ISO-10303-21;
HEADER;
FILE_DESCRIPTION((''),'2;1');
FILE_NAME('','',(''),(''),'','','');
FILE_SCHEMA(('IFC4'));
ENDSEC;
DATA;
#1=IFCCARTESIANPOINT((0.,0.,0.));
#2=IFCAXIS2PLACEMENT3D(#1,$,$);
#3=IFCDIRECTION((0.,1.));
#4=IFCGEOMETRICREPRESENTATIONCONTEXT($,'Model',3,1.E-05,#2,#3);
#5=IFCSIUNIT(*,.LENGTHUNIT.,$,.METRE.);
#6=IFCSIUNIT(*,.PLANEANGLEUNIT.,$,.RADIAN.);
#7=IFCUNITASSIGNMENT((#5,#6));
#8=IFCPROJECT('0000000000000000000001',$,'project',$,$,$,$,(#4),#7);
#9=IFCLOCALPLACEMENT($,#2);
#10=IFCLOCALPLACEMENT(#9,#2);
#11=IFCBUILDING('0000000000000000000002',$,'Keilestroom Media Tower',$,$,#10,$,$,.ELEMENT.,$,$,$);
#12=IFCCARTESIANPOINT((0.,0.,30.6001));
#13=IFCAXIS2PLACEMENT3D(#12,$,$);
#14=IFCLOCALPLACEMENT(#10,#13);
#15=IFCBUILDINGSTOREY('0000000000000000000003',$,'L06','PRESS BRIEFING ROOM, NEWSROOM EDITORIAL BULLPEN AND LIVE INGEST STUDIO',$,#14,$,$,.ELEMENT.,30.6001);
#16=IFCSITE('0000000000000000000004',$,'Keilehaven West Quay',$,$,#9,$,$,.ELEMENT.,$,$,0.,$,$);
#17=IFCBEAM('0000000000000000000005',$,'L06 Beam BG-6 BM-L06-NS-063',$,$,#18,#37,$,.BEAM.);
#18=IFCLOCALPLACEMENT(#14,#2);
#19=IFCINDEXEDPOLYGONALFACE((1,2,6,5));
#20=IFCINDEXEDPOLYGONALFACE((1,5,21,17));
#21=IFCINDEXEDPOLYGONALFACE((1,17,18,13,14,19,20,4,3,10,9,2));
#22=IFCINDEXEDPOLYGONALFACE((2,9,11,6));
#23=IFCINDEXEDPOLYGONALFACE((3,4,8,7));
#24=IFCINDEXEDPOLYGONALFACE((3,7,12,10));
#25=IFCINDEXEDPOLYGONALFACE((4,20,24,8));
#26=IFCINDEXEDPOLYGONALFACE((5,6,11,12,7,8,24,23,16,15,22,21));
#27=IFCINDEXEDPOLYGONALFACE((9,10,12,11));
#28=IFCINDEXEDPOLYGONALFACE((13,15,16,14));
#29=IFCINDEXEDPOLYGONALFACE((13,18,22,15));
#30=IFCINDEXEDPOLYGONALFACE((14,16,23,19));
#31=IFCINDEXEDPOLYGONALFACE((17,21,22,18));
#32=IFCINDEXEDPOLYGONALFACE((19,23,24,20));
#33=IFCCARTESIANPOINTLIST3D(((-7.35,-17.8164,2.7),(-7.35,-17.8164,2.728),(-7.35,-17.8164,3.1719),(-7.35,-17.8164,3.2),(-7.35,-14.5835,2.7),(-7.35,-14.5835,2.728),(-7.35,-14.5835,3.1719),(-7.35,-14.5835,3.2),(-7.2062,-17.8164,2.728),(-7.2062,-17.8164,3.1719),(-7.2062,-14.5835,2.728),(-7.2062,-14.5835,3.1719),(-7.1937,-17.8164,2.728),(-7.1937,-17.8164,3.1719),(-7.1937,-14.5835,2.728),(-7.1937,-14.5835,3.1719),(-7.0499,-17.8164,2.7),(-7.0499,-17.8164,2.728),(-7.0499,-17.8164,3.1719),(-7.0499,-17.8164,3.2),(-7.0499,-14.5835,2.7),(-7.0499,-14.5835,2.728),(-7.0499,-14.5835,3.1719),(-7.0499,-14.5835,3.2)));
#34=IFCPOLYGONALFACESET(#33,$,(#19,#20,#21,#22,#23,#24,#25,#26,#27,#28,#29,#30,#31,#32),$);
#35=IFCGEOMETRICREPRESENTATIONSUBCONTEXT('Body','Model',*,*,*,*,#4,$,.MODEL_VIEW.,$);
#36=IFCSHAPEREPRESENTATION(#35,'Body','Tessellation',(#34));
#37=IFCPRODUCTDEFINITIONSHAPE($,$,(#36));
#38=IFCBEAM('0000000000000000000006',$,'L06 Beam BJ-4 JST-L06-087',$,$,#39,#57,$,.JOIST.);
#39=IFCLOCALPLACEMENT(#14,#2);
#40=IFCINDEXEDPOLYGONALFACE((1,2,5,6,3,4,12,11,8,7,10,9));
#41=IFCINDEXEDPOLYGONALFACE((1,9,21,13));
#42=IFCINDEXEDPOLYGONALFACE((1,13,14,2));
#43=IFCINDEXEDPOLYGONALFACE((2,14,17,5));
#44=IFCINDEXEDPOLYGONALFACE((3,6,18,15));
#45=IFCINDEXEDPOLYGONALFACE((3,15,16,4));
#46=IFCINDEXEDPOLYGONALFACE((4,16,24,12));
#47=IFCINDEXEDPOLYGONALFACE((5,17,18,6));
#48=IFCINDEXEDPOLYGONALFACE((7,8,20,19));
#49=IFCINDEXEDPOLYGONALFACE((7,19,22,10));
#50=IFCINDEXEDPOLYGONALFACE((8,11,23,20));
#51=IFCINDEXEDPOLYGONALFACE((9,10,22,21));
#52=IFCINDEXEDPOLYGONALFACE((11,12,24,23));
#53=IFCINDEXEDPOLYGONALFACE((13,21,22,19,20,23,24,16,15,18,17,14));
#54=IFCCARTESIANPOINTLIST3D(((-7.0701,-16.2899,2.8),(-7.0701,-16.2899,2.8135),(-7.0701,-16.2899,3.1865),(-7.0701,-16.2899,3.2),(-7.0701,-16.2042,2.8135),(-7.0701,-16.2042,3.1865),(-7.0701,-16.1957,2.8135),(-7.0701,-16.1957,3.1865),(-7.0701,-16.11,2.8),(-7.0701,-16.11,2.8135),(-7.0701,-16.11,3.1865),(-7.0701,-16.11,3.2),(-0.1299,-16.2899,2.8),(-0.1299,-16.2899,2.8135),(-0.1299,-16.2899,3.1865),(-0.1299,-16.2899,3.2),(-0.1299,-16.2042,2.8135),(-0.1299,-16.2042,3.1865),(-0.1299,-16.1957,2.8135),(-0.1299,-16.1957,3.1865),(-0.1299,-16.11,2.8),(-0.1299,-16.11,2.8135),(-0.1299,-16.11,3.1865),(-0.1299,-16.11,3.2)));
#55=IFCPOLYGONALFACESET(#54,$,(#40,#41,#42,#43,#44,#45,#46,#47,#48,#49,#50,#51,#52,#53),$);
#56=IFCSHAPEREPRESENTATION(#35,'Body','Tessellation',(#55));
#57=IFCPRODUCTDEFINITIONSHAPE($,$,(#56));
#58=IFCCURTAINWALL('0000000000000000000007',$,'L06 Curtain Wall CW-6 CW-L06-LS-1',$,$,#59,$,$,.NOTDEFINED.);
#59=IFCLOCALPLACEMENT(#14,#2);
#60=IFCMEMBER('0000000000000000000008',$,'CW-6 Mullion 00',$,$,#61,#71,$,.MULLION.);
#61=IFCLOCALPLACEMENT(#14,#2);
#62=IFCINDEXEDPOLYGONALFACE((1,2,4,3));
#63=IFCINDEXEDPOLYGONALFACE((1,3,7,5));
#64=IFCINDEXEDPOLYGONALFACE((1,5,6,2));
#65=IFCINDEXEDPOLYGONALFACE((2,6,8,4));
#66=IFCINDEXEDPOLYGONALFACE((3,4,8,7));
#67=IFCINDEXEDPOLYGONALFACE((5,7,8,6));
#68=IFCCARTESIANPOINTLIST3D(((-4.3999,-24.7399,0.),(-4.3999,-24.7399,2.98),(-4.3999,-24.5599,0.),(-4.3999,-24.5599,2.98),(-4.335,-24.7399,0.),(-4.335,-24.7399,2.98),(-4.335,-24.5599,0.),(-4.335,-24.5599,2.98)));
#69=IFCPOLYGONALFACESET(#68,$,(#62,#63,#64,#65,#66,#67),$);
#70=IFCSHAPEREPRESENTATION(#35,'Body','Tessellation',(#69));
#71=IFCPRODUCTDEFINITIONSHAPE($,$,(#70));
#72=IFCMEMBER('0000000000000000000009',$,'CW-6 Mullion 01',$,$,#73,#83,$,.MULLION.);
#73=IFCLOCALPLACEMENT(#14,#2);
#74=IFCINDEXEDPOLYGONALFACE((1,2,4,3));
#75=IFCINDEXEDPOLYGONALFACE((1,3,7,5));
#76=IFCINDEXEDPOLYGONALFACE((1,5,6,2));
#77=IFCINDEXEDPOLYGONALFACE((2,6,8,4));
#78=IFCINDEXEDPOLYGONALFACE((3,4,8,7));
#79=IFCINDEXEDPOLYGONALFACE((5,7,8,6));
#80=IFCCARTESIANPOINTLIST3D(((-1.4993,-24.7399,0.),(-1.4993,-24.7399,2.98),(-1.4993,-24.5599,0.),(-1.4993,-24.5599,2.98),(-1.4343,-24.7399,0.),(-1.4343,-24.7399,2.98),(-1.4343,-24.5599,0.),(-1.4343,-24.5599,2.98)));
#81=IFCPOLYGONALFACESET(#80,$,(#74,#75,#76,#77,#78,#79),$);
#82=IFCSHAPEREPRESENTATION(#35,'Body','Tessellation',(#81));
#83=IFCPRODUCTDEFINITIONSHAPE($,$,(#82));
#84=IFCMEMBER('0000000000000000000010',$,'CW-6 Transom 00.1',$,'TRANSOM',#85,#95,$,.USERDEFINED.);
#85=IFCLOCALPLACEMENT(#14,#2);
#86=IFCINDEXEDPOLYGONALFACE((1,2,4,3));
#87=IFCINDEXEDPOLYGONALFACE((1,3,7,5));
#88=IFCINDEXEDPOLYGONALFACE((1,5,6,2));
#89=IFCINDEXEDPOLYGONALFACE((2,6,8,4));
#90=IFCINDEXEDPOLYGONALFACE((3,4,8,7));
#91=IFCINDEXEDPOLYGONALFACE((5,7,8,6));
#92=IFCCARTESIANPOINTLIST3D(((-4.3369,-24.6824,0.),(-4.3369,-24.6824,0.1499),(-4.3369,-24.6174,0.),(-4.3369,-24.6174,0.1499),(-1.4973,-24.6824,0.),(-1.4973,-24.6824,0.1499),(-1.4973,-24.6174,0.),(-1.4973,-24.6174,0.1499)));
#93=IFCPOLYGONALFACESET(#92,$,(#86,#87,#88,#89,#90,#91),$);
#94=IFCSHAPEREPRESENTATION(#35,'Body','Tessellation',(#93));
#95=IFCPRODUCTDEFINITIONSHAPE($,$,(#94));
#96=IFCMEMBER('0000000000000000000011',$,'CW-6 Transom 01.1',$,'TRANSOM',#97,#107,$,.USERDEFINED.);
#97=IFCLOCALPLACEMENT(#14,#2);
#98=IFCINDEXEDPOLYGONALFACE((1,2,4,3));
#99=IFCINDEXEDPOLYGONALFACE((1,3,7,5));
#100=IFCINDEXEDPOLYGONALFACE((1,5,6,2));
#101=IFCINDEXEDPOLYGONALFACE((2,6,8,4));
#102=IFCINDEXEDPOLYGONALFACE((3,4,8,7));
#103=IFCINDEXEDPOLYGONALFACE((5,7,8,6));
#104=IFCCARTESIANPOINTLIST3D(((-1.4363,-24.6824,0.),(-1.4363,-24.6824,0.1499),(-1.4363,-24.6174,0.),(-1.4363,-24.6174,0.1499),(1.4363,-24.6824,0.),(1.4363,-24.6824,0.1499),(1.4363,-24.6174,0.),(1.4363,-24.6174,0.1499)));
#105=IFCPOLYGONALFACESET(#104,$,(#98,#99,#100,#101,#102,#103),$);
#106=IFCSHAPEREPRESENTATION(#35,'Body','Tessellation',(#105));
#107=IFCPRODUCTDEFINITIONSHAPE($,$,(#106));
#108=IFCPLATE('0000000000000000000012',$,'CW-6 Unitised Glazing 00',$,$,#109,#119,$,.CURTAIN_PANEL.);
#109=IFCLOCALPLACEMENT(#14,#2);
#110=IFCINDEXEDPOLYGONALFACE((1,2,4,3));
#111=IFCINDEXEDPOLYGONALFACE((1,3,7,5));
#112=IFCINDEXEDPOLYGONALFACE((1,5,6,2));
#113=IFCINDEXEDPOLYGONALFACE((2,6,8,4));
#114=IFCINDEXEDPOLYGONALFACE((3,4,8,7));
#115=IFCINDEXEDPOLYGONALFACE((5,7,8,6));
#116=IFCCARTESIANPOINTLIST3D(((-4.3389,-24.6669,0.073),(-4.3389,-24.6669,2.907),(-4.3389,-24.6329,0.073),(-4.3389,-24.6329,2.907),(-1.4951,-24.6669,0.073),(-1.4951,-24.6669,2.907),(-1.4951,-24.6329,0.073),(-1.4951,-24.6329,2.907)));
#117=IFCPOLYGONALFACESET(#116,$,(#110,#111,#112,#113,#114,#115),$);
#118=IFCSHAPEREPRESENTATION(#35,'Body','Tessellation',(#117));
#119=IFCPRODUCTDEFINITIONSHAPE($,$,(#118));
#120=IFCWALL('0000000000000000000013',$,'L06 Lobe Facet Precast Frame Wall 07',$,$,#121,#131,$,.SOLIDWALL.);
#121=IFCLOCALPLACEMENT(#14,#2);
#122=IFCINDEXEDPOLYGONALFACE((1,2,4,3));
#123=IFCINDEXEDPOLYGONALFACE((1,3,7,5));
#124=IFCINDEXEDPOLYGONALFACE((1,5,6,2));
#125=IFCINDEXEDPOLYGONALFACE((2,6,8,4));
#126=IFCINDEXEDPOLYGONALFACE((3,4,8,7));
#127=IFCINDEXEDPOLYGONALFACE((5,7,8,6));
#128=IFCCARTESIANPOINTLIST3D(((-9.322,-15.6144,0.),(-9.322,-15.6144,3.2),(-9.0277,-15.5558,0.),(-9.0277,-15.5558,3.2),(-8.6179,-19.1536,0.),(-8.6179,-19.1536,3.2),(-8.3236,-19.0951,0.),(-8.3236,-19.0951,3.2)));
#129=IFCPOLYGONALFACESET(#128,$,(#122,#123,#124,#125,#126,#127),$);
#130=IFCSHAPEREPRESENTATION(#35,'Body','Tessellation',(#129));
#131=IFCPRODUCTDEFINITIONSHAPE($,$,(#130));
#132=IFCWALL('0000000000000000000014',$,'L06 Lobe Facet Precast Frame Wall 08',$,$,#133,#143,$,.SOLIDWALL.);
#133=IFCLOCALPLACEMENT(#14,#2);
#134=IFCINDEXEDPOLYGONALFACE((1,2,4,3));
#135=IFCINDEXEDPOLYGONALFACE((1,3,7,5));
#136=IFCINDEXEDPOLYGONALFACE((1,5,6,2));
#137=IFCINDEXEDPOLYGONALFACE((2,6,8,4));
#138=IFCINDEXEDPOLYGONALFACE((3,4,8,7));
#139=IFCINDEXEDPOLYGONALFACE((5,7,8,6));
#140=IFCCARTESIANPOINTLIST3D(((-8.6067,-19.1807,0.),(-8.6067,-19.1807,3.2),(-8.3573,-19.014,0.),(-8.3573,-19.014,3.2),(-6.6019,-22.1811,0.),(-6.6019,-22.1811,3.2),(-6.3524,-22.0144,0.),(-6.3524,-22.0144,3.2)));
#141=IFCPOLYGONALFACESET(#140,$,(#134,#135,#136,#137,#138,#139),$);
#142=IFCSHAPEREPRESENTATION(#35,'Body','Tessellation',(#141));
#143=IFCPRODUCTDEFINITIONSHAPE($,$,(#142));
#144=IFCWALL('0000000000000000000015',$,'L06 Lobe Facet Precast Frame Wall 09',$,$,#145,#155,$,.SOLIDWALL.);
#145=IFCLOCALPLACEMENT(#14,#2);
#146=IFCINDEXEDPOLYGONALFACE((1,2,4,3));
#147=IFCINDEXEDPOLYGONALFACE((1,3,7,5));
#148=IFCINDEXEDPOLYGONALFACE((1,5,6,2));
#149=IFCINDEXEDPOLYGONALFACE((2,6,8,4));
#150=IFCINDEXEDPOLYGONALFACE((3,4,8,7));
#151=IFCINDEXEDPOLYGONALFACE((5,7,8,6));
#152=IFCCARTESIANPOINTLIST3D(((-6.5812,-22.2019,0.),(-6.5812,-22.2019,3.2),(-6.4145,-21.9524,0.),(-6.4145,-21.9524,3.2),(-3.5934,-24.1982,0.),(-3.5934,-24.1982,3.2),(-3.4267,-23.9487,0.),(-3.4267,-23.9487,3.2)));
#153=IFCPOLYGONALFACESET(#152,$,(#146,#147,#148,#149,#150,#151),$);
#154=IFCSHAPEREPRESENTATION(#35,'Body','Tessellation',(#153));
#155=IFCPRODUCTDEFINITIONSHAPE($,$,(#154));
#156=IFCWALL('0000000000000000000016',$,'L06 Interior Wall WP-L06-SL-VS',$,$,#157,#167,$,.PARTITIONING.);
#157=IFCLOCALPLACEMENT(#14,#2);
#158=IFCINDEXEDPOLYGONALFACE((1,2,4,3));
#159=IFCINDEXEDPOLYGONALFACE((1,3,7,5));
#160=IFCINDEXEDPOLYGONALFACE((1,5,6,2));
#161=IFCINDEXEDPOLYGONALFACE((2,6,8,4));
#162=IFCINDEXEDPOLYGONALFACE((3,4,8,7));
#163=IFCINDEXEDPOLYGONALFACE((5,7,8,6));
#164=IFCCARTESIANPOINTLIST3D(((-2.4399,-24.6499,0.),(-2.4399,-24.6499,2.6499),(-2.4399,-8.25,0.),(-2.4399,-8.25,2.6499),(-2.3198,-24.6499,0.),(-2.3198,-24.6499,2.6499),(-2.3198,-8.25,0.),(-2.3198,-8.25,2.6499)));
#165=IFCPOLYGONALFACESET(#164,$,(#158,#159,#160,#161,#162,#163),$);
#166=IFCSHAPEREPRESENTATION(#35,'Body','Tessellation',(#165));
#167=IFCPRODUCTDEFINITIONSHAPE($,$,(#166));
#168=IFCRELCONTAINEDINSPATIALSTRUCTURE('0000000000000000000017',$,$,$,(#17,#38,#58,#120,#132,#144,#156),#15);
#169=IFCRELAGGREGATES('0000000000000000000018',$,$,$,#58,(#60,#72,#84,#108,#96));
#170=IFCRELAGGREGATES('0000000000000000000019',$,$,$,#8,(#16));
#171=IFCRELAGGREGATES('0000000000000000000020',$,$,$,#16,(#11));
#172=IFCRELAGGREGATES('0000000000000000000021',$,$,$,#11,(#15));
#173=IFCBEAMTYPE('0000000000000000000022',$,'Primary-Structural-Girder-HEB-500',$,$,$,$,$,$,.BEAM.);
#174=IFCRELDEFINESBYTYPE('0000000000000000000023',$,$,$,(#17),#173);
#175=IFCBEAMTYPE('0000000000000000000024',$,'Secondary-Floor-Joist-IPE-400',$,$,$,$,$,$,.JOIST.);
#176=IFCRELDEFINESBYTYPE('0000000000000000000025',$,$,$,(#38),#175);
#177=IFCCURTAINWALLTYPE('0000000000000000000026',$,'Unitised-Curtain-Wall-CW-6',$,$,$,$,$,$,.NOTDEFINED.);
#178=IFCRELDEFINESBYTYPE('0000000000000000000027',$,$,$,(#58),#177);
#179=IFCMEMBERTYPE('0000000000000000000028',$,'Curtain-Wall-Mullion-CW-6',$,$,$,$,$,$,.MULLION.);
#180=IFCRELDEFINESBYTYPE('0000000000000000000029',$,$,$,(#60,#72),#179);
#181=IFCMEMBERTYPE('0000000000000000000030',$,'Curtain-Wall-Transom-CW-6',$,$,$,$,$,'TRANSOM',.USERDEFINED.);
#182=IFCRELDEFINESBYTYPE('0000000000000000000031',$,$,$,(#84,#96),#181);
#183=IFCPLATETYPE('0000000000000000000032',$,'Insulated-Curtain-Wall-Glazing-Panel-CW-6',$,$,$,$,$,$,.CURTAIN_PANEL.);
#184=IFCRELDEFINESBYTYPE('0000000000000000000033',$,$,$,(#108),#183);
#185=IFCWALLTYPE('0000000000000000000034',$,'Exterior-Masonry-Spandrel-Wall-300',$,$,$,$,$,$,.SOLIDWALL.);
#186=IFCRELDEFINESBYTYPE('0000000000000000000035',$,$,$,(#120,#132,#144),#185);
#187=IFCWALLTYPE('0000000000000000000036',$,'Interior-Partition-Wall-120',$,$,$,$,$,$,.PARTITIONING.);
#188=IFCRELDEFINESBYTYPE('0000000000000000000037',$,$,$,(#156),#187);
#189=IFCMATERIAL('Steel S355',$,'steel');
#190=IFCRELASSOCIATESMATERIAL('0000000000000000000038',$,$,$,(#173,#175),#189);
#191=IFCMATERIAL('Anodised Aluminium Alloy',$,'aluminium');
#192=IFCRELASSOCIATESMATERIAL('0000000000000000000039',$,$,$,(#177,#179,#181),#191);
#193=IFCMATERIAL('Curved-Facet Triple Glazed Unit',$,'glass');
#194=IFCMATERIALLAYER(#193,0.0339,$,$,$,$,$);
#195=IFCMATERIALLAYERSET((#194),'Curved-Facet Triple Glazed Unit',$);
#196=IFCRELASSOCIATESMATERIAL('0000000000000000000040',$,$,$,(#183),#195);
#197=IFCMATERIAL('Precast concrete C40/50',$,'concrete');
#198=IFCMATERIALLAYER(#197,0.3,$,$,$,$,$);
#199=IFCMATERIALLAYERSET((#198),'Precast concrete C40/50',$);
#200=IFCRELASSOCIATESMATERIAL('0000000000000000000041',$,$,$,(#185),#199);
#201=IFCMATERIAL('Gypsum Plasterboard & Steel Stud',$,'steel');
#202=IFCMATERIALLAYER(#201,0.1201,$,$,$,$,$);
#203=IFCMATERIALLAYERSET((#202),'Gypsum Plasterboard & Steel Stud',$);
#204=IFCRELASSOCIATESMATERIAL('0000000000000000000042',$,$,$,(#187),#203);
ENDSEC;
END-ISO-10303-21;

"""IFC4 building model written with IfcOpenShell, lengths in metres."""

from ifc_helpers import new_model, si_unit, direction, frame, frame_2d, origin, origin_2d, place, context, subcontext, project, spatial, rectangle, i_section, extrude, source, transform, mapped, material, layer, layer_set, material_profile, profile_set, type_object, element, aggregate, save


model = new_model("IFC4")

# Units and contexts
model_context = context("Model", 3, precision=1e-05, world=origin(), true_north=direction((0.0, 1.0)))
body_context = subcontext(model_context, "Body", "Model", "MODEL_VIEW")
ifc_project = project(units=[si_unit("LENGTHUNIT", "METRE"), si_unit("PLANEANGLEUNIT", "RADIAN")], contexts=[model_context])

# Site, building, storey
site_placement = place(None, origin())
site = spatial("IfcSite", under=ifc_project, at=site_placement, Name="Keilehaven West Quay", CompositionType="ELEMENT", RefElevation=0.0)
building_placement = place(site_placement, origin())
building = spatial("IfcBuilding", under=site, at=building_placement, Name="Keilestroom Media Tower", CompositionType="ELEMENT")
storey_placement = place(building_placement, frame((0.0, 0.0, 30.6001)))
storey = spatial("IfcBuildingStorey", under=building, at=storey_placement, Name="L06", Description="PRESS BRIEFING ROOM, NEWSROOM EDITORIAL BULLPEN AND LIVE INGEST STUDIO", CompositionType="ELEMENT", Elevation=30.6001)

# Beams
ifc_material_1 = material(Name="Steel S355", Category="steel")
ifc_material_profile_1 = material_profile(ifc_material_1, i_section(OverallWidth=0.3, OverallDepth=0.5, WebThickness=0.0125, FlangeThickness=0.0281, at=origin_2d()), Name="HEB 500")
ifc_profile_set_1 = profile_set([ifc_material_profile_1], Name="Steel S355")
beam_type_1 = type_object("IfcBeamType", Name="Primary-Structural-Girder-HEB-500", PredefinedType="BEAM", material=ifc_profile_set_1)
shared_shape_1 = source(origin(), body_context, "Body", "SweptSolid", [
    extrude(i_section(OverallWidth=0.3, OverallDepth=0.5, WebThickness=0.0125, FlangeThickness=0.0281, at=origin_2d()), origin(), (0.0, 0.0, 1.0), 3.2329),
])
beam_1_placement = place(storey_placement, frame((-7.2, -17.8164, 2.95), z_axis=(0.0, 1.0, 0.0), x_axis=(-1.0, 0.0, 0.0)))
element("IfcBeam", 1, at=beam_1_placement, inside=storey, type_object=beam_type_1, Name="L06 Beam BG-6 BM-L06-NS-063", PredefinedType="BEAM", context=body_context, shape_type="MappedRepresentation", body=[
    mapped(shared_shape_1, transform((0.0, 0.0, 0.0), x_axis=(1.0, 0.0, 0.0), y_axis=(0.0, 1.0, 0.0), z_axis=(0.0, 0.0, 1.0), scale=1.0)),
])
ifc_material_profile_2 = material_profile(ifc_material_1, i_section(OverallWidth=0.1799, OverallDepth=0.3999, WebThickness=0.0085, FlangeThickness=0.0134, at=origin_2d()), Name="IPE 400")
ifc_profile_set_2 = profile_set([ifc_material_profile_2], Name="Steel S355")
beam_type_2 = type_object("IfcBeamType", Name="Secondary-Floor-Joist-IPE-400", PredefinedType="JOIST", material=ifc_profile_set_2)
shared_shape_2 = source(origin(), body_context, "Body", "SweptSolid", [
    extrude(i_section(OverallWidth=0.1799, OverallDepth=0.3999, WebThickness=0.0085, FlangeThickness=0.0134, at=origin_2d()), origin(), (0.0, 0.0, 1.0), 6.9402),
])
beam_2_placement = place(storey_placement, frame((-7.0701, -16.2, 3.0), z_axis=(1.0, 0.0, 0.0), x_axis=(0.0, 1.0, 0.0)))
element("IfcBeam", 2, at=beam_2_placement, inside=storey, type_object=beam_type_2, Name="L06 Beam BJ-4 JST-L06-087", PredefinedType="JOIST", context=body_context, shape_type="MappedRepresentation", body=[
    mapped(shared_shape_2, transform((0.0, 0.0, 0.0), x_axis=(1.0, 0.0, 0.0), y_axis=(0.0, 1.0, 0.0), z_axis=(0.0, 0.0, 1.0), scale=1.0)),
])

# Curtain wall, members, plate
ifc_material_2 = material(Name="Anodised Aluminium Alloy", Category="aluminium")
curtain_wall_type = type_object("IfcCurtainWallType", Name="Unitised-Curtain-Wall-CW-6", PredefinedType="NOTDEFINED", material=ifc_material_2)
curtain_wall_placement = place(storey_placement, origin())
curtain_wall = element("IfcCurtainWall", 3, at=curtain_wall_placement, inside=storey, type_object=curtain_wall_type, Name="L06 Curtain Wall CW-6 CW-L06-LS-1", PredefinedType="NOTDEFINED")
ifc_material_profile_3 = material_profile(ifc_material_2, rectangle(XDim=0.0649, YDim=0.1799, at=origin_2d()), Name="ALU MULLION 65x180")
ifc_profile_set_3 = profile_set([ifc_material_profile_3], Name="Anodised Aluminium Alloy")
member_type_1 = type_object("IfcMemberType", Name="Curtain-Wall-Mullion-CW-6", PredefinedType="MULLION", material=ifc_profile_set_3)
shared_shape_3 = source(origin(), body_context, "Body", "SweptSolid", [
    extrude(rectangle(XDim=0.0649, YDim=0.1799, at=origin_2d()), origin(), (0.0, 0.0, 1.0), 2.98),
])
member_1_placement = place(storey_placement, frame((-4.3674, -24.6499, 0.0), z_axis=(0.0, 0.0, 1.0), x_axis=(1.0, 0.0, 0.0)))
member_1 = element("IfcMember", 4, at=member_1_placement, type_object=member_type_1, Name="CW-6 Mullion 00", PredefinedType="MULLION", context=body_context, shape_type="MappedRepresentation", body=[
    mapped(shared_shape_3, transform((0.0, 0.0, 0.0), x_axis=(1.0, 0.0, 0.0), y_axis=(0.0, 1.0, 0.0), z_axis=(0.0, 0.0, 1.0), scale=1.0)),
])
member_2_placement = place(storey_placement, frame((-1.4668, -24.6499, 0.0), z_axis=(0.0, 0.0, 1.0), x_axis=(1.0, 0.0, 0.0)))
member_2 = element("IfcMember", 5, at=member_2_placement, type_object=member_type_1, Name="CW-6 Mullion 01", PredefinedType="MULLION", context=body_context, shape_type="MappedRepresentation", body=[
    mapped(shared_shape_3, transform((0.0, 0.0, 0.0), x_axis=(1.0, 0.0, 0.0), y_axis=(0.0, 1.0, 0.0), z_axis=(0.0, 0.0, 1.0), scale=1.0)),
])
ifc_material_profile_4 = material_profile(ifc_material_2, rectangle(XDim=0.0649, YDim=0.1499, at=origin_2d()), Name="ALU TRANSOM 65x150")
ifc_profile_set_4 = profile_set([ifc_material_profile_4], Name="Anodised Aluminium Alloy")
member_type_2 = type_object("IfcMemberType", Name="Curtain-Wall-Transom-CW-6", ElementType="TRANSOM", PredefinedType="USERDEFINED", material=ifc_profile_set_4)
shared_shape_4 = source(origin(), body_context, "Body", "SweptSolid", [
    extrude(rectangle(XDim=0.0649, YDim=0.1499, at=origin_2d()), origin(), (0.0, 0.0, 1.0), 2.8396),
])
member_3_placement = place(storey_placement, frame((-4.3369, -24.6499, 0.075), z_axis=(1.0, 0.0, 0.0), x_axis=(0.0, 1.0, 0.0)))
member_3 = element("IfcMember", 6, at=member_3_placement, type_object=member_type_2, Name="CW-6 Transom 00.1", ObjectType="TRANSOM", PredefinedType="USERDEFINED", context=body_context, shape_type="MappedRepresentation", body=[
    mapped(shared_shape_4, transform((0.0, 0.0, 0.0), x_axis=(1.0, 0.0, 0.0), y_axis=(0.0, 1.0, 0.0), z_axis=(0.0, 0.0, 1.0), scale=1.0)),
])
shared_shape_5 = source(origin(), body_context, "Body", "SweptSolid", [
    extrude(rectangle(XDim=0.0649, YDim=0.1499, at=origin_2d()), origin(), (0.0, 0.0, 1.0), 2.8726),
])
member_4_placement = place(storey_placement, frame((-1.4363, -24.6499, 0.075), z_axis=(1.0, 0.0, 0.0), x_axis=(0.0, 1.0, 0.0)))
member_4 = element("IfcMember", 7, at=member_4_placement, type_object=member_type_2, Name="CW-6 Transom 01.1", ObjectType="TRANSOM", PredefinedType="USERDEFINED", context=body_context, shape_type="MappedRepresentation", body=[
    mapped(shared_shape_5, transform((0.0, 0.0, 0.0), x_axis=(1.0, 0.0, 0.0), y_axis=(0.0, 1.0, 0.0), z_axis=(0.0, 0.0, 1.0), scale=1.0)),
])
ifc_material_3 = material(Name="Curved-Facet Triple Glazed Unit", Category="glass")
ifc_layer_1 = layer(ifc_material_3, 0.0339)
ifc_layer_set_1 = layer_set([ifc_layer_1], Name="Curved-Facet Triple Glazed Unit")
plate_type = type_object("IfcPlateType", Name="Insulated-Curtain-Wall-Glazing-Panel-CW-6", PredefinedType="CURTAIN_PANEL", material=ifc_layer_set_1)
shared_shape_6 = source(origin(), body_context, "Body", "SweptSolid", [
    extrude(rectangle(XDim=2.8438, YDim=0.0339, at=origin_2d()), origin(), (0.0, 0.0, 1.0), 2.834),
])
plate_placement = place(storey_placement, frame((-2.917, -24.6499, 0.073), z_axis=(0.0, 0.0, 1.0), x_axis=(1.0, 0.0, 0.0)))
plate = element("IfcPlate", 8, at=plate_placement, type_object=plate_type, Name="CW-6 Unitised Glazing 00", PredefinedType="CURTAIN_PANEL", context=body_context, shape_type="MappedRepresentation", body=[
    mapped(shared_shape_6, transform((0.0, 0.0, 0.0), x_axis=(1.0, 0.0, 0.0), y_axis=(0.0, 1.0, 0.0), z_axis=(0.0, 0.0, 1.0), scale=1.0)),
])
aggregate(curtain_wall, [member_1, member_2, member_3, plate, member_4])

# Walls
ifc_material_4 = material(Name="Precast concrete C40/50", Category="concrete")
ifc_layer_2 = layer(ifc_material_4, 0.3)
ifc_layer_set_2 = layer_set([ifc_layer_2], Name="Precast concrete C40/50")
wall_type_1 = type_object("IfcWallType", Name="Exterior-Masonry-Spandrel-Wall-300", PredefinedType="SOLIDWALL", material=ifc_layer_set_2)
for number, where, z_axis, x_axis, name in (
    (9, (-9.1748, -15.5852, 0.0), (0.0, 0.0, 1.0), (0.195114, -0.980781, 0.0), "L06 Lobe Facet Precast Frame Wall 07"),
    (10, (-8.4819, -19.0974, 0.0), (0.0, 0.0, 1.0), (0.555574, -0.831467, 0.0), "L06 Lobe Facet Precast Frame Wall 08"),
):
    element("IfcWall", number, at=place(storey_placement, frame(where, z_axis=z_axis, x_axis=x_axis)), inside=storey, type_object=wall_type_1, Name=name, PredefinedType="SOLIDWALL", context=body_context, shape_type="SweptSolid", body=[
        extrude(rectangle(XDim=3.6086, YDim=0.3, at=frame_2d((1.8042, 0.0))), origin(), (0.0, 0.0, 1.0), 3.2),
    ])
wall_1_placement = place(storey_placement, frame((-6.4978, -22.0771, 0.0), z_axis=(0.0, 0.0, 1.0), x_axis=(0.831475, -0.555562, 0.0)))
element("IfcWall", 11, at=wall_1_placement, inside=storey, type_object=wall_type_1, Name="L06 Lobe Facet Precast Frame Wall 09", PredefinedType="SOLIDWALL", context=body_context, shape_type="SweptSolid", body=[
    extrude(rectangle(XDim=3.5933, YDim=0.3, at=frame_2d((1.7966, 0.0))), origin(), (0.0, 0.0, 1.0), 3.2),
])
ifc_material_5 = material(Name="Gypsum Plasterboard & Steel Stud", Category="steel")
ifc_layer_3 = layer(ifc_material_5, 0.1201)
ifc_layer_set_3 = layer_set([ifc_layer_3], Name="Gypsum Plasterboard & Steel Stud")
wall_type_2 = type_object("IfcWallType", Name="Interior-Partition-Wall-120", PredefinedType="PARTITIONING", material=ifc_layer_set_3)
wall_2_placement = place(storey_placement, frame((-2.3799, -24.6499, 0.0), z_axis=(0.0, 0.0, 1.0), x_axis=(0.0, 1.0, 0.0)))
element("IfcWall", 12, at=wall_2_placement, inside=storey, type_object=wall_type_2, Name="L06 Interior Wall WP-L06-SL-VS", PredefinedType="PARTITIONING", context=body_context, shape_type="SweptSolid", body=[
    extrude(rectangle(XDim=16.3999, YDim=0.1201, at=frame_2d((8.2, 0.0))), origin(), (0.0, 0.0, 1.0), 2.6499),
])

save(model, "model.ifc")
